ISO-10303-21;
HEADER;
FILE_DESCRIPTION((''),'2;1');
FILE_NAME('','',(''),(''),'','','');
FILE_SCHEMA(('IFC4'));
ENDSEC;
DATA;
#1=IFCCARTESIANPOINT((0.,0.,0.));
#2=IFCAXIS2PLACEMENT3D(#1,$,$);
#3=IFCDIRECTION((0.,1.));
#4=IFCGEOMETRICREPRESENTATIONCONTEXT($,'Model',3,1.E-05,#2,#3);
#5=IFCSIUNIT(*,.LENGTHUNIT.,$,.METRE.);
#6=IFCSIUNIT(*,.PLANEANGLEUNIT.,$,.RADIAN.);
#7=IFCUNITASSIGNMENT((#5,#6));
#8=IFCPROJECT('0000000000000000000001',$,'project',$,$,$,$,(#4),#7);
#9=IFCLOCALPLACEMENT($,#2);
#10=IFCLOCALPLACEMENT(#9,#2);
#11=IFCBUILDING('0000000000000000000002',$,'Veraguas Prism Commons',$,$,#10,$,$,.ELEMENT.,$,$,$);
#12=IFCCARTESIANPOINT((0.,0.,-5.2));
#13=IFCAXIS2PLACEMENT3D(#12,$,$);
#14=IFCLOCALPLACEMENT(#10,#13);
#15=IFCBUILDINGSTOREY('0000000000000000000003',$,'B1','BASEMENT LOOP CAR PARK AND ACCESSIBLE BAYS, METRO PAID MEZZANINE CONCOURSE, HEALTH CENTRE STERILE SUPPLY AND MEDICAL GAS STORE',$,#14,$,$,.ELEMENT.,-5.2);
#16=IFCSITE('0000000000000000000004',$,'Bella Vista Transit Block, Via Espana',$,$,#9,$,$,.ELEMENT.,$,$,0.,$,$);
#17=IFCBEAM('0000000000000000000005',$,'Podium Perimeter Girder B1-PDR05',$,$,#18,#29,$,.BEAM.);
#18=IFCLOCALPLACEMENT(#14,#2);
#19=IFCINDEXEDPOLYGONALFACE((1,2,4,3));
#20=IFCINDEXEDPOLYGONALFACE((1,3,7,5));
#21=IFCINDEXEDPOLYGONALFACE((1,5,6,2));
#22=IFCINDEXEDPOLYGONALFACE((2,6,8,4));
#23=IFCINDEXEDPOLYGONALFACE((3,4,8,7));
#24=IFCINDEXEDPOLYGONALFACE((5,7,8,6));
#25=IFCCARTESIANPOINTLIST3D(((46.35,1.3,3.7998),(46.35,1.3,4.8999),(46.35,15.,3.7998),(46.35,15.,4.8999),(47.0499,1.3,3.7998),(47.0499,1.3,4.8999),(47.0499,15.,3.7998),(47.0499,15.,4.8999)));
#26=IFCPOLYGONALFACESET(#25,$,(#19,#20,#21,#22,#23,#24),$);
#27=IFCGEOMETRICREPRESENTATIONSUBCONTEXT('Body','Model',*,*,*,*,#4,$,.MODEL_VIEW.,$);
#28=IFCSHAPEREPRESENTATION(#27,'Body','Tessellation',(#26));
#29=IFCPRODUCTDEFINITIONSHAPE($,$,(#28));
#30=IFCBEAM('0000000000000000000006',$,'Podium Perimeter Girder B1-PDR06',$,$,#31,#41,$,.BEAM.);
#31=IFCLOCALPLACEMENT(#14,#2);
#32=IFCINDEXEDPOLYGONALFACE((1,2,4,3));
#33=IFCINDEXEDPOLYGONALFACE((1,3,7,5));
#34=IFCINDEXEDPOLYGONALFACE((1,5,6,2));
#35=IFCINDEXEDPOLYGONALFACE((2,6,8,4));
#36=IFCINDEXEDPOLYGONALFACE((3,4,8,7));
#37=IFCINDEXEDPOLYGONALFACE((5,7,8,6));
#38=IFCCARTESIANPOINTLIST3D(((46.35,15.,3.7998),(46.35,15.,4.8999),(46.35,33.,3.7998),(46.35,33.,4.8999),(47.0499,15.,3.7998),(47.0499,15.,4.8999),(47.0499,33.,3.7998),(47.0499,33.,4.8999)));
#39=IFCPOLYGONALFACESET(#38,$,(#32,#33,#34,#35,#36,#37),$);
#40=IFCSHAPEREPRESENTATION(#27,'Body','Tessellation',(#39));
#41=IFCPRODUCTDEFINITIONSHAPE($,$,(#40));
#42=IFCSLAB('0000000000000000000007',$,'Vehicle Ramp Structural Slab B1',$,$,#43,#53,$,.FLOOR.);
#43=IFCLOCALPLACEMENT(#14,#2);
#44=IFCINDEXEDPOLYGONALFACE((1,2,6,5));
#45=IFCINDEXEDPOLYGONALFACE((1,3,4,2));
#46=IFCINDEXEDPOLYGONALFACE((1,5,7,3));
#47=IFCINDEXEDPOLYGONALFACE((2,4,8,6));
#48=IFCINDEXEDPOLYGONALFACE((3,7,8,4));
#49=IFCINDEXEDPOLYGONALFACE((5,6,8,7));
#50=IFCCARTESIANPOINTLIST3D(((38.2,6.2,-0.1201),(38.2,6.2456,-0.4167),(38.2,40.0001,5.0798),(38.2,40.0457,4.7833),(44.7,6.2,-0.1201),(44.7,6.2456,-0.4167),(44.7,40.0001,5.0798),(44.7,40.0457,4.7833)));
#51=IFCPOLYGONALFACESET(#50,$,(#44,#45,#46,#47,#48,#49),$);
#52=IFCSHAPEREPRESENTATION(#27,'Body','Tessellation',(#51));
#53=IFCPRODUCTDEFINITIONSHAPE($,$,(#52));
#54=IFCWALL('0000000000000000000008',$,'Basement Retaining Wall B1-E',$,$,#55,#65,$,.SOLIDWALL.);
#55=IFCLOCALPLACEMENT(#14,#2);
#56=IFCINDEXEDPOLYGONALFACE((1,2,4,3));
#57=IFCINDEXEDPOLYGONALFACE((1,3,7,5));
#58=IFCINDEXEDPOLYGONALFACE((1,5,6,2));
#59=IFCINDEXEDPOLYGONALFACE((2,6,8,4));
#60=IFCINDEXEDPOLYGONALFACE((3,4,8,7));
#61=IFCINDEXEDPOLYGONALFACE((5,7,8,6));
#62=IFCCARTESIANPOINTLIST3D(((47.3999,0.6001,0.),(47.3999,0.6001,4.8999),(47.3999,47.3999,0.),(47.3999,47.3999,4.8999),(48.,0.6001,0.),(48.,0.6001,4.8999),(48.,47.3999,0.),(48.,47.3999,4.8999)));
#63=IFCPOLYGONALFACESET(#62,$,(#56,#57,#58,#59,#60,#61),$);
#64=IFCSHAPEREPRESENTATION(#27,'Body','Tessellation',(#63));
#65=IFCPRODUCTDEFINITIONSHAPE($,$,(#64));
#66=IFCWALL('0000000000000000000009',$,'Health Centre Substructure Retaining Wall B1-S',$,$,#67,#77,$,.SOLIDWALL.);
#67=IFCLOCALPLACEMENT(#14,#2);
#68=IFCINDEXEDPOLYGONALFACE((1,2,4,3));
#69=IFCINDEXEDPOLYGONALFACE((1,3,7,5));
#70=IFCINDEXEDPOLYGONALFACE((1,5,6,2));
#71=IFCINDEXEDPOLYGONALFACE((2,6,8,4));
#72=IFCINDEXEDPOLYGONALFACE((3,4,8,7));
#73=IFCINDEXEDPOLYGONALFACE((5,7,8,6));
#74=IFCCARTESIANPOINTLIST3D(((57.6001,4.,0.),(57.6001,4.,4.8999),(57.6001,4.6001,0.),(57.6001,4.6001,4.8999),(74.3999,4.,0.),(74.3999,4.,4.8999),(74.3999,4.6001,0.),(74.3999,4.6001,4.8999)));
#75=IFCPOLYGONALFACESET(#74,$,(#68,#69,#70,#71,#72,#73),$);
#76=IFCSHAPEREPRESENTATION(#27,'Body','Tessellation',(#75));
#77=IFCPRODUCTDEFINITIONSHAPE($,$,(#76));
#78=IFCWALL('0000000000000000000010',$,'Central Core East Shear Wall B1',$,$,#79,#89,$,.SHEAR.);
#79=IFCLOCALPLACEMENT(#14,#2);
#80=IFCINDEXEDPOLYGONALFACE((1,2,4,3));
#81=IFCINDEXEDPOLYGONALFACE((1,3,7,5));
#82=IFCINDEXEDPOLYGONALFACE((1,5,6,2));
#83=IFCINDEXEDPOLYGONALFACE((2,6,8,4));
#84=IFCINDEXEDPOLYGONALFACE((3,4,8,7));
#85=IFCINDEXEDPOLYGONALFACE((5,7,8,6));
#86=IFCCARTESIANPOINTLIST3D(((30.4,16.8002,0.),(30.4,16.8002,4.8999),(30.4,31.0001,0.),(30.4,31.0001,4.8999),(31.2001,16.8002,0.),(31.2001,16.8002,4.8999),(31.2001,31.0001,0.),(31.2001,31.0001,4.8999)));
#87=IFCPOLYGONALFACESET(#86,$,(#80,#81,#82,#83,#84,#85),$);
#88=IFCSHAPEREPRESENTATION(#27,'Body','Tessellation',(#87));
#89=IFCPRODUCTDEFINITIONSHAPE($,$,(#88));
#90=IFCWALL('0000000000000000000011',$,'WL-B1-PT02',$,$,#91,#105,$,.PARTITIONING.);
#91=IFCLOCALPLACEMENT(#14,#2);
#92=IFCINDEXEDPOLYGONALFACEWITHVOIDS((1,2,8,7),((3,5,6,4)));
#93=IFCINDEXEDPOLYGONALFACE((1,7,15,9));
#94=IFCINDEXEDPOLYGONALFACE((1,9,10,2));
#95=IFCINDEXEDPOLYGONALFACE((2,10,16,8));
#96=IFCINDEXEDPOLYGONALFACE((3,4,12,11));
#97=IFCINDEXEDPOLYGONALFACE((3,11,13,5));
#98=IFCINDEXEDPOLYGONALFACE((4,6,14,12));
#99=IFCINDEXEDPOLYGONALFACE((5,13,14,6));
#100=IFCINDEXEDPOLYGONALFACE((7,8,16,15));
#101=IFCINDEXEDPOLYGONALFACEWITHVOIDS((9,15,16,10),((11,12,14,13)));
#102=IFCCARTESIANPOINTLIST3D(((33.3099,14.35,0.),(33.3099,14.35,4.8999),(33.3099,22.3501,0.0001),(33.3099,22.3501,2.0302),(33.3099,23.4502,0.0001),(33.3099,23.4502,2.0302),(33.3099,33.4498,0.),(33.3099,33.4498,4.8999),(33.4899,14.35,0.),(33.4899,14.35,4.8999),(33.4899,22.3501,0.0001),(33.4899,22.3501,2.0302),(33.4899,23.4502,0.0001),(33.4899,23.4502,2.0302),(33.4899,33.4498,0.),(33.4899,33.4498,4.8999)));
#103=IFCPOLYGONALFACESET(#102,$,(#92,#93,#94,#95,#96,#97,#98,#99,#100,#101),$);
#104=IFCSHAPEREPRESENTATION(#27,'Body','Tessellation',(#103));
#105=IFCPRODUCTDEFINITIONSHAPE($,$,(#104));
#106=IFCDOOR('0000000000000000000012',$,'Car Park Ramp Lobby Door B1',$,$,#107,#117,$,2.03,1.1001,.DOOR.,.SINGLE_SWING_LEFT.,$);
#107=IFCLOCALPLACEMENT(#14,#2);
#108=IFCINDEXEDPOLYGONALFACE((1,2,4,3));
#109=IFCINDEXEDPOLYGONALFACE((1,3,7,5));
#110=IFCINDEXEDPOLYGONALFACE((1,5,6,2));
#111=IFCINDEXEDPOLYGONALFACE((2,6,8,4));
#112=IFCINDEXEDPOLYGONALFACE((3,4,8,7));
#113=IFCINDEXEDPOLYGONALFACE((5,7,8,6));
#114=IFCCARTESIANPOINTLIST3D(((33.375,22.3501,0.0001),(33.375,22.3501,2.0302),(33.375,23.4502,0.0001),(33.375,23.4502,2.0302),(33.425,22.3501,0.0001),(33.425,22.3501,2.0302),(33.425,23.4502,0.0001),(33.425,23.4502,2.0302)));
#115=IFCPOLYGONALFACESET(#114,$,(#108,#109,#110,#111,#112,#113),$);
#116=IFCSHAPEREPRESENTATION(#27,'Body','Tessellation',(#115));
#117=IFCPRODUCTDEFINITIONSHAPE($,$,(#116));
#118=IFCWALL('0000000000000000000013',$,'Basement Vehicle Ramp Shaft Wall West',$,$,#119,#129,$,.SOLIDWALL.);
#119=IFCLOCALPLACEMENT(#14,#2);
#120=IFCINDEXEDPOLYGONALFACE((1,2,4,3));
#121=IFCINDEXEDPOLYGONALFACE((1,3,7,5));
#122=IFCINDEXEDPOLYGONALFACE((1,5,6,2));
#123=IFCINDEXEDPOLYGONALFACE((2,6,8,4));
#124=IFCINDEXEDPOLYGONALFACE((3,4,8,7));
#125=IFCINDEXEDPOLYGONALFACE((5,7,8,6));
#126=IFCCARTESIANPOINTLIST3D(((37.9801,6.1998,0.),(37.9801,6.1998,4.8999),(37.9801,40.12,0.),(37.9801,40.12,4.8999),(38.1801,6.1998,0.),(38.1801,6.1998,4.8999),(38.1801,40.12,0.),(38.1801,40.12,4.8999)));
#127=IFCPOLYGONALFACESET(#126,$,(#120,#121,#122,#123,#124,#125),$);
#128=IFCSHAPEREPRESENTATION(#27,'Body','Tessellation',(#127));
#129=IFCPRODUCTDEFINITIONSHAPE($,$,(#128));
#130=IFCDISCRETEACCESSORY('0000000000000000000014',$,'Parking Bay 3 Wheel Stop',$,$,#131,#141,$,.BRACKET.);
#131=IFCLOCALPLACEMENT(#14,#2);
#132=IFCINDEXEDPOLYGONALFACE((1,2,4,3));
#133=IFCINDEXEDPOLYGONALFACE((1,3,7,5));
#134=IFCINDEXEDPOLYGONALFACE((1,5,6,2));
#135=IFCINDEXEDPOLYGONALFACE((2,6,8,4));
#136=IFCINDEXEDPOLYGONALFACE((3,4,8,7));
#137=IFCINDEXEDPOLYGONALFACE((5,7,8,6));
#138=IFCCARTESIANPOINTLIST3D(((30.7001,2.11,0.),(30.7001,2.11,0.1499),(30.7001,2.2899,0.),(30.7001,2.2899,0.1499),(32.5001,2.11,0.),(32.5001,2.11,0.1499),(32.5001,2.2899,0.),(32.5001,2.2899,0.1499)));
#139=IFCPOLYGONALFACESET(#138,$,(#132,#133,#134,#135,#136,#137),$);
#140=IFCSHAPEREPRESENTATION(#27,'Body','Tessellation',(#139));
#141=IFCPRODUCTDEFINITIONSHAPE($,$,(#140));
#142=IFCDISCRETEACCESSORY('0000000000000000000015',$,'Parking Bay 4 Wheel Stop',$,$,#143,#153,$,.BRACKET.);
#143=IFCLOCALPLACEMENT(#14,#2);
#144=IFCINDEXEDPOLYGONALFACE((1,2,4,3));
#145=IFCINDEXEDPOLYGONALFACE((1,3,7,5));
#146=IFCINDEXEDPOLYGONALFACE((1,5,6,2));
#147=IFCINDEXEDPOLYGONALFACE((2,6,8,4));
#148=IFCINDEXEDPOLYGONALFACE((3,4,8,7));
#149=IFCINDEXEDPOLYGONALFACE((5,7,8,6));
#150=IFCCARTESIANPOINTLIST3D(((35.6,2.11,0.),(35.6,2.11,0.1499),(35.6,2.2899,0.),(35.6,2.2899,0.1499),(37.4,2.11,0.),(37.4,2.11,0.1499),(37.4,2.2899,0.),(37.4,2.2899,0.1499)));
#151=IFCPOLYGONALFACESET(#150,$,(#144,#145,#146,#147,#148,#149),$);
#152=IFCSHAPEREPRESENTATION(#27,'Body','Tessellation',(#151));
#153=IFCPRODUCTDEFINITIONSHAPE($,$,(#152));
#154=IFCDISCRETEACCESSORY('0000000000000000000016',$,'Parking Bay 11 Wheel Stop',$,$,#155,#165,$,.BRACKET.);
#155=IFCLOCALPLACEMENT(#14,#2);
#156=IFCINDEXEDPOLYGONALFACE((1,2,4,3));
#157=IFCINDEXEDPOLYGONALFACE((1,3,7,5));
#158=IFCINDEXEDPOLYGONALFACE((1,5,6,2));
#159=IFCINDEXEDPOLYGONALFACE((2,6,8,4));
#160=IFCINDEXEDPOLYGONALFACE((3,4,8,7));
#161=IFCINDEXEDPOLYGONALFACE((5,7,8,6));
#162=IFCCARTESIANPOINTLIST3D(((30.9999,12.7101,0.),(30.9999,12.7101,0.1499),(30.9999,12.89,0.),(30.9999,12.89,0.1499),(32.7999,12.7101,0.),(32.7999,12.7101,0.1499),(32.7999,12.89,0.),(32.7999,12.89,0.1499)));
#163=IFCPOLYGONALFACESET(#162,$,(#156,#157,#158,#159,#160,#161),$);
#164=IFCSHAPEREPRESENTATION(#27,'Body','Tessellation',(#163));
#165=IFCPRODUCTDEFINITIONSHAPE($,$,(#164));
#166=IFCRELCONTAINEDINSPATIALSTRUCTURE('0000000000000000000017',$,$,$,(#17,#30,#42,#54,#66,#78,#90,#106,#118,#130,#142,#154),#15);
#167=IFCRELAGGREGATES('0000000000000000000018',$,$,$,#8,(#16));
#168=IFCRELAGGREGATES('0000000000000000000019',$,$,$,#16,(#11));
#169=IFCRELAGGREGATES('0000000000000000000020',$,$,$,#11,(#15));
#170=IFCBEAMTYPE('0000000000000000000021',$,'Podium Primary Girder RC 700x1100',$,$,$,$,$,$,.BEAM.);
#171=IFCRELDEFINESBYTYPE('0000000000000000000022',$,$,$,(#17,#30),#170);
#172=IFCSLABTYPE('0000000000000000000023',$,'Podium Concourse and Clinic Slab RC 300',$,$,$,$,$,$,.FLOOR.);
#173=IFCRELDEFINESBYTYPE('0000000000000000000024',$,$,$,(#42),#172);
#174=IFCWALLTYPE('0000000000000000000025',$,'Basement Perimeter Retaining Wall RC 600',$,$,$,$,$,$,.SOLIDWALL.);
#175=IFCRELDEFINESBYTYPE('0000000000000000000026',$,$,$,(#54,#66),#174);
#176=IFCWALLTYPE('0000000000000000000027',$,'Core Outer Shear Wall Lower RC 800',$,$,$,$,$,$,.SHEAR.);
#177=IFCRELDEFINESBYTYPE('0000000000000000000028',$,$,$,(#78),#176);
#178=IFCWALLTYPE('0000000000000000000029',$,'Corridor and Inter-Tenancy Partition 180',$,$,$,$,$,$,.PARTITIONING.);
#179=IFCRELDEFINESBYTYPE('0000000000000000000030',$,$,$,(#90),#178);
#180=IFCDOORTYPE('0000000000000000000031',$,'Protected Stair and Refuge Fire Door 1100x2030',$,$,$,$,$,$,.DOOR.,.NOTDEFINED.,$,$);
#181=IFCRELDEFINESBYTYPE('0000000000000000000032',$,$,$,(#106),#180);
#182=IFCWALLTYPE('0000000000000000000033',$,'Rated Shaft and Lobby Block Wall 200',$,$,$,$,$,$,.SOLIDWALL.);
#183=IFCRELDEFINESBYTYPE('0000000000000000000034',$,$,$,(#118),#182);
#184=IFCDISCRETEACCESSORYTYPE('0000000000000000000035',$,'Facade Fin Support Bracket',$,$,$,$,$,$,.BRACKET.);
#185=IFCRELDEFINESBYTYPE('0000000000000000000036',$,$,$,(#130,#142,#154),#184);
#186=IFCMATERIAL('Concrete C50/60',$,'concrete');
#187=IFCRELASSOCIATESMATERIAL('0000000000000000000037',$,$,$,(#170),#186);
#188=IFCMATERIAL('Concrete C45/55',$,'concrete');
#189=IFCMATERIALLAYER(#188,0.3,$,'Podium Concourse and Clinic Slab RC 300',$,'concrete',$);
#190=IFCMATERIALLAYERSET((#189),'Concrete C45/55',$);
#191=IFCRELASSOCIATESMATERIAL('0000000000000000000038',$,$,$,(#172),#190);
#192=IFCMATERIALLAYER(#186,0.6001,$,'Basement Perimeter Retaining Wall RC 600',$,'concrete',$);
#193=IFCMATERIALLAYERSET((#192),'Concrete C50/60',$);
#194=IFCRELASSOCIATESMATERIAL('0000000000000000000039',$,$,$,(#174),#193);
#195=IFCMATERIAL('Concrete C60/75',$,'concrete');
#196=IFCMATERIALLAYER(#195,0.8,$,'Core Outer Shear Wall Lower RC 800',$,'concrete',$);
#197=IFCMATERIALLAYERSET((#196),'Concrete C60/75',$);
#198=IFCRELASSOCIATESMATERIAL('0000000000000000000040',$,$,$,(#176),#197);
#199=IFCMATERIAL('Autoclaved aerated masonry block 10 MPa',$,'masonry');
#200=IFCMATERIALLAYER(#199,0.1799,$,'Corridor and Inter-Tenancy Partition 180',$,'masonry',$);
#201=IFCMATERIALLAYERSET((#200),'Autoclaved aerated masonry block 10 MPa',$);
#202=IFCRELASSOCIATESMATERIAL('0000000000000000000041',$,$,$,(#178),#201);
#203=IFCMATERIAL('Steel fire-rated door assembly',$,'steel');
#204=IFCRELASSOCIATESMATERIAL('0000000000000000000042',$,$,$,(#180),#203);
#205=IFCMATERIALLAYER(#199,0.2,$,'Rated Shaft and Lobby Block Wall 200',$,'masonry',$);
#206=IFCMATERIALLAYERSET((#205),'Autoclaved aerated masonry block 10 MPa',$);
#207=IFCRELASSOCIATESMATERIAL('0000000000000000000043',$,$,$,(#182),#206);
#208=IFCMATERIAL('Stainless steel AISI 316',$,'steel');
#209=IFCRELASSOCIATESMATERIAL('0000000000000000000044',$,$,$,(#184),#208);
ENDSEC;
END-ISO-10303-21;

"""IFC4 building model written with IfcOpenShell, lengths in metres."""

from ifc_helpers import new_model, si_unit, direction, frame, frame_2d, origin, origin_2d, place, context, subcontext, project, spatial, polyline, rectangle, outline, extrude, source, transform, mapped, material, layer, layer_set, material_profile, profile_set, type_object, element, fill, save


model = new_model("IFC4")

# Units and contexts
model_context = context("Model", 3, precision=1e-05, world=origin(), true_north=direction((0.0, 1.0)))
body_context = subcontext(model_context, "Body", "Model", "MODEL_VIEW")
ifc_project = project(units=[si_unit("LENGTHUNIT", "METRE"), si_unit("PLANEANGLEUNIT", "RADIAN")], contexts=[model_context])

# Site, building, storey
site_placement = place(None, origin())
site = spatial("IfcSite", under=ifc_project, at=site_placement, Name="Bella Vista Transit Block, Via Espana", CompositionType="ELEMENT", RefElevation=0.0)
building_placement = place(site_placement, origin())
building = spatial("IfcBuilding", under=site, at=building_placement, Name="Veraguas Prism Commons", CompositionType="ELEMENT")
storey_placement = place(building_placement, frame((0.0, 0.0, -5.2)))
storey = spatial("IfcBuildingStorey", under=building, at=storey_placement, Name="B1", Description="BASEMENT LOOP CAR PARK AND ACCESSIBLE BAYS, METRO PAID MEZZANINE CONCOURSE, HEALTH CENTRE STERILE SUPPLY AND MEDICAL GAS STORE", CompositionType="ELEMENT", Elevation=-5.2)

# Shared definitions
ifc_material_1 = material(Name="Concrete C50/60", Category="concrete")
ifc_material_2 = material(Name="Concrete C60/75", Category="concrete")

# Beams
ifc_material_profile_1 = material_profile(ifc_material_1, rectangle(XDim=0.7, YDim=1.1001, at=origin_2d()), Name="RC700X1100")
ifc_profile_set_1 = profile_set([ifc_material_profile_1], Name="Concrete C50/60")
beam_type_1 = type_object("IfcBeamType", Name="Podium Primary Girder RC 700x1100", PredefinedType="BEAM", material=ifc_profile_set_1)
beam_1_placement = place(storey_placement, frame((46.7, 1.3, 4.3499), z_axis=(0.0, 1.0, 0.0), x_axis=(-1.0, 0.0, 0.0)))
element("IfcBeam", 1, at=beam_1_placement, inside=storey, type_object=beam_type_1, Name="Podium Perimeter Girder B1-PDR05", PredefinedType="BEAM", context=body_context, shape_type="SweptSolid", body=[
    extrude(rectangle(XDim=0.7, YDim=1.1001, at=origin_2d()), origin(), (0.0, 0.0, 1.0), 13.7),
])
beam_2_placement = place(storey_placement, frame((46.7, 15.0, 4.3499), z_axis=(0.0, 1.0, 0.0), x_axis=(-1.0, 0.0, 0.0)))
element("IfcBeam", 2, at=beam_2_placement, inside=storey, type_object=beam_type_1, Name="Podium Perimeter Girder B1-PDR06", PredefinedType="BEAM", context=body_context, shape_type="SweptSolid", body=[
    extrude(rectangle(XDim=0.7, YDim=1.1001, at=origin_2d()), origin(), (0.0, 0.0, 1.0), 18.0),
])

# Slab
ifc_material_3 = material(Name="Concrete C45/55", Category="concrete")
ifc_layer_1 = layer(ifc_material_3, 0.3, Name="Podium Concourse and Clinic Slab RC 300", Category="concrete")
ifc_layer_set_1 = layer_set([ifc_layer_1], Name="Concrete C45/55")
slab_type = type_object("IfcSlabType", Name="Podium Concourse and Clinic Slab RC 300", PredefinedType="FLOOR", material=ifc_layer_set_1)
slab_placement = place(storey_placement, frame((38.2, 6.2, -0.1201), z_axis=(0.0, -0.152056, 0.988372), x_axis=(1.0, 0.0, 0.0)))
element("IfcSlab", 3, at=slab_placement, inside=storey, type_object=slab_type, Name="Vehicle Ramp Structural Slab B1", PredefinedType="FLOOR", context=body_context, shape_type="SweptSolid", body=[
    extrude(outline(polyline([(0.0, 0.0), (6.5, 0.0), (6.5, 34.1978), (0.0, 34.1978), (0.0, 0.0)])), origin(), (0.0, 0.0, -1.0), 0.3),
])

# Walls
ifc_layer_2 = layer(ifc_material_1, 0.6001, Name="Basement Perimeter Retaining Wall RC 600", Category="concrete")
ifc_layer_set_2 = layer_set([ifc_layer_2], Name="Concrete C50/60")
wall_type_1 = type_object("IfcWallType", Name="Basement Perimeter Retaining Wall RC 600", PredefinedType="SOLIDWALL", material=ifc_layer_set_2)
wall_1_placement = place(storey_placement, frame((47.7, 0.6001, 0.0), z_axis=(0.0, 0.0, 1.0), x_axis=(0.0, 1.0, 0.0)))
element("IfcWall", 4, at=wall_1_placement, inside=storey, type_object=wall_type_1, Name="Basement Retaining Wall B1-E", PredefinedType="SOLIDWALL", context=body_context, shape_type="SweptSolid", body=[
    extrude(rectangle(XDim=46.7998, YDim=0.6001, at=frame_2d((23.3999, 0.0))), origin(), (0.0, 0.0, 1.0), 4.8999),
])
wall_2_placement = place(storey_placement, frame((57.6001, 4.3, 0.0), z_axis=(0.0, 0.0, 1.0), x_axis=(1.0, 0.0, 0.0)))
element("IfcWall", 5, at=wall_2_placement, inside=storey, type_object=wall_type_1, Name="Health Centre Substructure Retaining Wall B1-S", PredefinedType="SOLIDWALL", context=body_context, shape_type="SweptSolid", body=[
    extrude(rectangle(XDim=16.7998, YDim=0.6001, at=frame_2d((8.3999, 0.0))), origin(), (0.0, 0.0, 1.0), 4.8999),
])
ifc_layer_3 = layer(ifc_material_2, 0.8, Name="Core Outer Shear Wall Lower RC 800", Category="concrete")
ifc_layer_set_3 = layer_set([ifc_layer_3], Name="Concrete C60/75")
wall_type_2 = type_object("IfcWallType", Name="Core Outer Shear Wall Lower RC 800", PredefinedType="SHEAR", material=ifc_layer_set_3)
wall_3_placement = place(storey_placement, frame((30.8, 16.8, 0.0), z_axis=(0.0, 0.0, 1.0), x_axis=(0.0, 1.0, 0.0)))
element("IfcWall", 6, at=wall_3_placement, inside=storey, type_object=wall_type_2, Name="Central Core East Shear Wall B1", PredefinedType="SHEAR", context=body_context, shape_type="SweptSolid", body=[
    extrude(rectangle(XDim=14.2, YDim=0.8, at=frame_2d((7.1001, 0.0))), origin(), (0.0, 0.0, 1.0), 4.8999),
])

# Wall, opening, door
ifc_material_4 = material(Name="Autoclaved aerated masonry block 10 MPa", Category="masonry")
ifc_layer_4 = layer(ifc_material_4, 0.1799, Name="Corridor and Inter-Tenancy Partition 180", Category="masonry")
ifc_layer_set_4 = layer_set([ifc_layer_4], Name="Autoclaved aerated masonry block 10 MPa")
wall_type_3 = type_object("IfcWallType", Name="Corridor and Inter-Tenancy Partition 180", PredefinedType="PARTITIONING", material=ifc_layer_set_4)
wall_4_placement = place(storey_placement, frame((33.3999, 14.3501, 0.0), z_axis=(0.0, 0.0, 1.0), x_axis=(0.0, 1.0, 0.0)))
wall_4 = element("IfcWall", 7, at=wall_4_placement, inside=storey, type_object=wall_type_3, Name="WL-B1-PT02", PredefinedType="PARTITIONING", context=body_context, shape_type="SweptSolid", body=[
    extrude(rectangle(XDim=19.0999, YDim=0.1799, at=frame_2d((9.5498, 0.0))), origin(), (0.0, 0.0, 1.0), 4.8999),
])
opening_placement = place(wall_4_placement, frame((8.0, 0.0, 0.0)))
opening = element("IfcOpeningElement", 8, at=opening_placement, cuts=wall_4, PredefinedType="OPENING", context=body_context, shape_type="SweptSolid", body=[
    extrude(rectangle(XDim=1.1001, YDim=2.03, at=frame_2d((0.55, 1.0151))), frame((0.0, 0.0999, 0.0), z_axis=(0.0, -1.0, 0.0), x_axis=(1.0, 0.0, 0.0)), (0.0, 0.0, 1.0), 0.2),
])
ifc_material_5 = material(Name="Steel fire-rated door assembly", Category="steel")
door_type = type_object("IfcDoorType", Name="Protected Stair and Refuge Fire Door 1100x2030", OperationType="NOTDEFINED", PredefinedType="DOOR", material=ifc_material_5)
shared_shape_1 = source(origin(), body_context, "Body", "SweptSolid", [
    extrude(rectangle(XDim=1.1001, YDim=2.03, at=frame_2d((0.55, 1.0151))), frame((0.0, 0.0249, 0.0), z_axis=(0.0, -1.0, 0.0), x_axis=(1.0, 0.0, 0.0)), (0.0, 0.0, 1.0), 0.05),
])
door_placement = place(opening_placement, origin())
door = element("IfcDoor", 9, at=door_placement, inside=storey, type_object=door_type, Name="Car Park Ramp Lobby Door B1", OperationType="SINGLE_SWING_LEFT", OverallHeight=2.03, OverallWidth=1.1001, PredefinedType="DOOR", context=body_context, shape_type="MappedRepresentation", body=[
    mapped(shared_shape_1, transform((0.0, 0.0, 0.0), scale=1.0)),
])
fill(opening, door)

# Wall
ifc_layer_5 = layer(ifc_material_4, 0.2, Name="Rated Shaft and Lobby Block Wall 200", Category="masonry")
ifc_layer_set_5 = layer_set([ifc_layer_5], Name="Autoclaved aerated masonry block 10 MPa")
wall_type_4 = type_object("IfcWallType", Name="Rated Shaft and Lobby Block Wall 200", PredefinedType="SOLIDWALL", material=ifc_layer_set_5)
wall_5_placement = place(storey_placement, frame((38.0801, 6.2, 0.0), z_axis=(0.0, 0.0, 1.0), x_axis=(0.0, 1.0, 0.0)))
element("IfcWall", 10, at=wall_5_placement, inside=storey, type_object=wall_type_4, Name="Basement Vehicle Ramp Shaft Wall West", PredefinedType="SOLIDWALL", context=body_context, shape_type="SweptSolid", body=[
    extrude(rectangle(XDim=33.9202, YDim=0.2, at=frame_2d((16.96, 0.0))), origin(), (0.0, 0.0, 1.0), 4.8999),
])

# Discrete accessories
ifc_material_6 = material(Name="Stainless steel AISI 316", Category="steel")
discrete_accessory_type = type_object("IfcDiscreteAccessoryType", Name="Facade Fin Support Bracket", PredefinedType="BRACKET", material=ifc_material_6)
shared_shape_2 = source(origin(), body_context, "Body", "SweptSolid", [
    extrude(rectangle(XDim=1.8, YDim=0.1799, at=origin_2d()), origin(), (0.0, 0.0, 1.0), 0.1499),
])
for number, where, z_axis, x_axis, name in (
    (11, (31.6001, 2.2, 0.0), (0.0, 0.0, 1.0), (1.0, 0.0, 0.0), "Parking Bay 3 Wheel Stop"),
    (12, (36.5, 2.2, 0.0), (0.0, 0.0, 1.0), (1.0, 0.0, 0.0), "Parking Bay 4 Wheel Stop"),
    (13, (31.8999, 12.8, 0.0), (0.0, 0.0, 1.0), (1.0, 0.0, 0.0), "Parking Bay 11 Wheel Stop"),
):
    element("IfcDiscreteAccessory", number, at=place(storey_placement, frame(where, z_axis=z_axis, x_axis=x_axis)), inside=storey, type_object=discrete_accessory_type, Name=name, PredefinedType="BRACKET", context=body_context, shape_type="MappedRepresentation", body=[
        mapped(shared_shape_2, transform((0.0, 0.0, 0.0), scale=1.0)),
    ])

save(model, "model.ifc")
